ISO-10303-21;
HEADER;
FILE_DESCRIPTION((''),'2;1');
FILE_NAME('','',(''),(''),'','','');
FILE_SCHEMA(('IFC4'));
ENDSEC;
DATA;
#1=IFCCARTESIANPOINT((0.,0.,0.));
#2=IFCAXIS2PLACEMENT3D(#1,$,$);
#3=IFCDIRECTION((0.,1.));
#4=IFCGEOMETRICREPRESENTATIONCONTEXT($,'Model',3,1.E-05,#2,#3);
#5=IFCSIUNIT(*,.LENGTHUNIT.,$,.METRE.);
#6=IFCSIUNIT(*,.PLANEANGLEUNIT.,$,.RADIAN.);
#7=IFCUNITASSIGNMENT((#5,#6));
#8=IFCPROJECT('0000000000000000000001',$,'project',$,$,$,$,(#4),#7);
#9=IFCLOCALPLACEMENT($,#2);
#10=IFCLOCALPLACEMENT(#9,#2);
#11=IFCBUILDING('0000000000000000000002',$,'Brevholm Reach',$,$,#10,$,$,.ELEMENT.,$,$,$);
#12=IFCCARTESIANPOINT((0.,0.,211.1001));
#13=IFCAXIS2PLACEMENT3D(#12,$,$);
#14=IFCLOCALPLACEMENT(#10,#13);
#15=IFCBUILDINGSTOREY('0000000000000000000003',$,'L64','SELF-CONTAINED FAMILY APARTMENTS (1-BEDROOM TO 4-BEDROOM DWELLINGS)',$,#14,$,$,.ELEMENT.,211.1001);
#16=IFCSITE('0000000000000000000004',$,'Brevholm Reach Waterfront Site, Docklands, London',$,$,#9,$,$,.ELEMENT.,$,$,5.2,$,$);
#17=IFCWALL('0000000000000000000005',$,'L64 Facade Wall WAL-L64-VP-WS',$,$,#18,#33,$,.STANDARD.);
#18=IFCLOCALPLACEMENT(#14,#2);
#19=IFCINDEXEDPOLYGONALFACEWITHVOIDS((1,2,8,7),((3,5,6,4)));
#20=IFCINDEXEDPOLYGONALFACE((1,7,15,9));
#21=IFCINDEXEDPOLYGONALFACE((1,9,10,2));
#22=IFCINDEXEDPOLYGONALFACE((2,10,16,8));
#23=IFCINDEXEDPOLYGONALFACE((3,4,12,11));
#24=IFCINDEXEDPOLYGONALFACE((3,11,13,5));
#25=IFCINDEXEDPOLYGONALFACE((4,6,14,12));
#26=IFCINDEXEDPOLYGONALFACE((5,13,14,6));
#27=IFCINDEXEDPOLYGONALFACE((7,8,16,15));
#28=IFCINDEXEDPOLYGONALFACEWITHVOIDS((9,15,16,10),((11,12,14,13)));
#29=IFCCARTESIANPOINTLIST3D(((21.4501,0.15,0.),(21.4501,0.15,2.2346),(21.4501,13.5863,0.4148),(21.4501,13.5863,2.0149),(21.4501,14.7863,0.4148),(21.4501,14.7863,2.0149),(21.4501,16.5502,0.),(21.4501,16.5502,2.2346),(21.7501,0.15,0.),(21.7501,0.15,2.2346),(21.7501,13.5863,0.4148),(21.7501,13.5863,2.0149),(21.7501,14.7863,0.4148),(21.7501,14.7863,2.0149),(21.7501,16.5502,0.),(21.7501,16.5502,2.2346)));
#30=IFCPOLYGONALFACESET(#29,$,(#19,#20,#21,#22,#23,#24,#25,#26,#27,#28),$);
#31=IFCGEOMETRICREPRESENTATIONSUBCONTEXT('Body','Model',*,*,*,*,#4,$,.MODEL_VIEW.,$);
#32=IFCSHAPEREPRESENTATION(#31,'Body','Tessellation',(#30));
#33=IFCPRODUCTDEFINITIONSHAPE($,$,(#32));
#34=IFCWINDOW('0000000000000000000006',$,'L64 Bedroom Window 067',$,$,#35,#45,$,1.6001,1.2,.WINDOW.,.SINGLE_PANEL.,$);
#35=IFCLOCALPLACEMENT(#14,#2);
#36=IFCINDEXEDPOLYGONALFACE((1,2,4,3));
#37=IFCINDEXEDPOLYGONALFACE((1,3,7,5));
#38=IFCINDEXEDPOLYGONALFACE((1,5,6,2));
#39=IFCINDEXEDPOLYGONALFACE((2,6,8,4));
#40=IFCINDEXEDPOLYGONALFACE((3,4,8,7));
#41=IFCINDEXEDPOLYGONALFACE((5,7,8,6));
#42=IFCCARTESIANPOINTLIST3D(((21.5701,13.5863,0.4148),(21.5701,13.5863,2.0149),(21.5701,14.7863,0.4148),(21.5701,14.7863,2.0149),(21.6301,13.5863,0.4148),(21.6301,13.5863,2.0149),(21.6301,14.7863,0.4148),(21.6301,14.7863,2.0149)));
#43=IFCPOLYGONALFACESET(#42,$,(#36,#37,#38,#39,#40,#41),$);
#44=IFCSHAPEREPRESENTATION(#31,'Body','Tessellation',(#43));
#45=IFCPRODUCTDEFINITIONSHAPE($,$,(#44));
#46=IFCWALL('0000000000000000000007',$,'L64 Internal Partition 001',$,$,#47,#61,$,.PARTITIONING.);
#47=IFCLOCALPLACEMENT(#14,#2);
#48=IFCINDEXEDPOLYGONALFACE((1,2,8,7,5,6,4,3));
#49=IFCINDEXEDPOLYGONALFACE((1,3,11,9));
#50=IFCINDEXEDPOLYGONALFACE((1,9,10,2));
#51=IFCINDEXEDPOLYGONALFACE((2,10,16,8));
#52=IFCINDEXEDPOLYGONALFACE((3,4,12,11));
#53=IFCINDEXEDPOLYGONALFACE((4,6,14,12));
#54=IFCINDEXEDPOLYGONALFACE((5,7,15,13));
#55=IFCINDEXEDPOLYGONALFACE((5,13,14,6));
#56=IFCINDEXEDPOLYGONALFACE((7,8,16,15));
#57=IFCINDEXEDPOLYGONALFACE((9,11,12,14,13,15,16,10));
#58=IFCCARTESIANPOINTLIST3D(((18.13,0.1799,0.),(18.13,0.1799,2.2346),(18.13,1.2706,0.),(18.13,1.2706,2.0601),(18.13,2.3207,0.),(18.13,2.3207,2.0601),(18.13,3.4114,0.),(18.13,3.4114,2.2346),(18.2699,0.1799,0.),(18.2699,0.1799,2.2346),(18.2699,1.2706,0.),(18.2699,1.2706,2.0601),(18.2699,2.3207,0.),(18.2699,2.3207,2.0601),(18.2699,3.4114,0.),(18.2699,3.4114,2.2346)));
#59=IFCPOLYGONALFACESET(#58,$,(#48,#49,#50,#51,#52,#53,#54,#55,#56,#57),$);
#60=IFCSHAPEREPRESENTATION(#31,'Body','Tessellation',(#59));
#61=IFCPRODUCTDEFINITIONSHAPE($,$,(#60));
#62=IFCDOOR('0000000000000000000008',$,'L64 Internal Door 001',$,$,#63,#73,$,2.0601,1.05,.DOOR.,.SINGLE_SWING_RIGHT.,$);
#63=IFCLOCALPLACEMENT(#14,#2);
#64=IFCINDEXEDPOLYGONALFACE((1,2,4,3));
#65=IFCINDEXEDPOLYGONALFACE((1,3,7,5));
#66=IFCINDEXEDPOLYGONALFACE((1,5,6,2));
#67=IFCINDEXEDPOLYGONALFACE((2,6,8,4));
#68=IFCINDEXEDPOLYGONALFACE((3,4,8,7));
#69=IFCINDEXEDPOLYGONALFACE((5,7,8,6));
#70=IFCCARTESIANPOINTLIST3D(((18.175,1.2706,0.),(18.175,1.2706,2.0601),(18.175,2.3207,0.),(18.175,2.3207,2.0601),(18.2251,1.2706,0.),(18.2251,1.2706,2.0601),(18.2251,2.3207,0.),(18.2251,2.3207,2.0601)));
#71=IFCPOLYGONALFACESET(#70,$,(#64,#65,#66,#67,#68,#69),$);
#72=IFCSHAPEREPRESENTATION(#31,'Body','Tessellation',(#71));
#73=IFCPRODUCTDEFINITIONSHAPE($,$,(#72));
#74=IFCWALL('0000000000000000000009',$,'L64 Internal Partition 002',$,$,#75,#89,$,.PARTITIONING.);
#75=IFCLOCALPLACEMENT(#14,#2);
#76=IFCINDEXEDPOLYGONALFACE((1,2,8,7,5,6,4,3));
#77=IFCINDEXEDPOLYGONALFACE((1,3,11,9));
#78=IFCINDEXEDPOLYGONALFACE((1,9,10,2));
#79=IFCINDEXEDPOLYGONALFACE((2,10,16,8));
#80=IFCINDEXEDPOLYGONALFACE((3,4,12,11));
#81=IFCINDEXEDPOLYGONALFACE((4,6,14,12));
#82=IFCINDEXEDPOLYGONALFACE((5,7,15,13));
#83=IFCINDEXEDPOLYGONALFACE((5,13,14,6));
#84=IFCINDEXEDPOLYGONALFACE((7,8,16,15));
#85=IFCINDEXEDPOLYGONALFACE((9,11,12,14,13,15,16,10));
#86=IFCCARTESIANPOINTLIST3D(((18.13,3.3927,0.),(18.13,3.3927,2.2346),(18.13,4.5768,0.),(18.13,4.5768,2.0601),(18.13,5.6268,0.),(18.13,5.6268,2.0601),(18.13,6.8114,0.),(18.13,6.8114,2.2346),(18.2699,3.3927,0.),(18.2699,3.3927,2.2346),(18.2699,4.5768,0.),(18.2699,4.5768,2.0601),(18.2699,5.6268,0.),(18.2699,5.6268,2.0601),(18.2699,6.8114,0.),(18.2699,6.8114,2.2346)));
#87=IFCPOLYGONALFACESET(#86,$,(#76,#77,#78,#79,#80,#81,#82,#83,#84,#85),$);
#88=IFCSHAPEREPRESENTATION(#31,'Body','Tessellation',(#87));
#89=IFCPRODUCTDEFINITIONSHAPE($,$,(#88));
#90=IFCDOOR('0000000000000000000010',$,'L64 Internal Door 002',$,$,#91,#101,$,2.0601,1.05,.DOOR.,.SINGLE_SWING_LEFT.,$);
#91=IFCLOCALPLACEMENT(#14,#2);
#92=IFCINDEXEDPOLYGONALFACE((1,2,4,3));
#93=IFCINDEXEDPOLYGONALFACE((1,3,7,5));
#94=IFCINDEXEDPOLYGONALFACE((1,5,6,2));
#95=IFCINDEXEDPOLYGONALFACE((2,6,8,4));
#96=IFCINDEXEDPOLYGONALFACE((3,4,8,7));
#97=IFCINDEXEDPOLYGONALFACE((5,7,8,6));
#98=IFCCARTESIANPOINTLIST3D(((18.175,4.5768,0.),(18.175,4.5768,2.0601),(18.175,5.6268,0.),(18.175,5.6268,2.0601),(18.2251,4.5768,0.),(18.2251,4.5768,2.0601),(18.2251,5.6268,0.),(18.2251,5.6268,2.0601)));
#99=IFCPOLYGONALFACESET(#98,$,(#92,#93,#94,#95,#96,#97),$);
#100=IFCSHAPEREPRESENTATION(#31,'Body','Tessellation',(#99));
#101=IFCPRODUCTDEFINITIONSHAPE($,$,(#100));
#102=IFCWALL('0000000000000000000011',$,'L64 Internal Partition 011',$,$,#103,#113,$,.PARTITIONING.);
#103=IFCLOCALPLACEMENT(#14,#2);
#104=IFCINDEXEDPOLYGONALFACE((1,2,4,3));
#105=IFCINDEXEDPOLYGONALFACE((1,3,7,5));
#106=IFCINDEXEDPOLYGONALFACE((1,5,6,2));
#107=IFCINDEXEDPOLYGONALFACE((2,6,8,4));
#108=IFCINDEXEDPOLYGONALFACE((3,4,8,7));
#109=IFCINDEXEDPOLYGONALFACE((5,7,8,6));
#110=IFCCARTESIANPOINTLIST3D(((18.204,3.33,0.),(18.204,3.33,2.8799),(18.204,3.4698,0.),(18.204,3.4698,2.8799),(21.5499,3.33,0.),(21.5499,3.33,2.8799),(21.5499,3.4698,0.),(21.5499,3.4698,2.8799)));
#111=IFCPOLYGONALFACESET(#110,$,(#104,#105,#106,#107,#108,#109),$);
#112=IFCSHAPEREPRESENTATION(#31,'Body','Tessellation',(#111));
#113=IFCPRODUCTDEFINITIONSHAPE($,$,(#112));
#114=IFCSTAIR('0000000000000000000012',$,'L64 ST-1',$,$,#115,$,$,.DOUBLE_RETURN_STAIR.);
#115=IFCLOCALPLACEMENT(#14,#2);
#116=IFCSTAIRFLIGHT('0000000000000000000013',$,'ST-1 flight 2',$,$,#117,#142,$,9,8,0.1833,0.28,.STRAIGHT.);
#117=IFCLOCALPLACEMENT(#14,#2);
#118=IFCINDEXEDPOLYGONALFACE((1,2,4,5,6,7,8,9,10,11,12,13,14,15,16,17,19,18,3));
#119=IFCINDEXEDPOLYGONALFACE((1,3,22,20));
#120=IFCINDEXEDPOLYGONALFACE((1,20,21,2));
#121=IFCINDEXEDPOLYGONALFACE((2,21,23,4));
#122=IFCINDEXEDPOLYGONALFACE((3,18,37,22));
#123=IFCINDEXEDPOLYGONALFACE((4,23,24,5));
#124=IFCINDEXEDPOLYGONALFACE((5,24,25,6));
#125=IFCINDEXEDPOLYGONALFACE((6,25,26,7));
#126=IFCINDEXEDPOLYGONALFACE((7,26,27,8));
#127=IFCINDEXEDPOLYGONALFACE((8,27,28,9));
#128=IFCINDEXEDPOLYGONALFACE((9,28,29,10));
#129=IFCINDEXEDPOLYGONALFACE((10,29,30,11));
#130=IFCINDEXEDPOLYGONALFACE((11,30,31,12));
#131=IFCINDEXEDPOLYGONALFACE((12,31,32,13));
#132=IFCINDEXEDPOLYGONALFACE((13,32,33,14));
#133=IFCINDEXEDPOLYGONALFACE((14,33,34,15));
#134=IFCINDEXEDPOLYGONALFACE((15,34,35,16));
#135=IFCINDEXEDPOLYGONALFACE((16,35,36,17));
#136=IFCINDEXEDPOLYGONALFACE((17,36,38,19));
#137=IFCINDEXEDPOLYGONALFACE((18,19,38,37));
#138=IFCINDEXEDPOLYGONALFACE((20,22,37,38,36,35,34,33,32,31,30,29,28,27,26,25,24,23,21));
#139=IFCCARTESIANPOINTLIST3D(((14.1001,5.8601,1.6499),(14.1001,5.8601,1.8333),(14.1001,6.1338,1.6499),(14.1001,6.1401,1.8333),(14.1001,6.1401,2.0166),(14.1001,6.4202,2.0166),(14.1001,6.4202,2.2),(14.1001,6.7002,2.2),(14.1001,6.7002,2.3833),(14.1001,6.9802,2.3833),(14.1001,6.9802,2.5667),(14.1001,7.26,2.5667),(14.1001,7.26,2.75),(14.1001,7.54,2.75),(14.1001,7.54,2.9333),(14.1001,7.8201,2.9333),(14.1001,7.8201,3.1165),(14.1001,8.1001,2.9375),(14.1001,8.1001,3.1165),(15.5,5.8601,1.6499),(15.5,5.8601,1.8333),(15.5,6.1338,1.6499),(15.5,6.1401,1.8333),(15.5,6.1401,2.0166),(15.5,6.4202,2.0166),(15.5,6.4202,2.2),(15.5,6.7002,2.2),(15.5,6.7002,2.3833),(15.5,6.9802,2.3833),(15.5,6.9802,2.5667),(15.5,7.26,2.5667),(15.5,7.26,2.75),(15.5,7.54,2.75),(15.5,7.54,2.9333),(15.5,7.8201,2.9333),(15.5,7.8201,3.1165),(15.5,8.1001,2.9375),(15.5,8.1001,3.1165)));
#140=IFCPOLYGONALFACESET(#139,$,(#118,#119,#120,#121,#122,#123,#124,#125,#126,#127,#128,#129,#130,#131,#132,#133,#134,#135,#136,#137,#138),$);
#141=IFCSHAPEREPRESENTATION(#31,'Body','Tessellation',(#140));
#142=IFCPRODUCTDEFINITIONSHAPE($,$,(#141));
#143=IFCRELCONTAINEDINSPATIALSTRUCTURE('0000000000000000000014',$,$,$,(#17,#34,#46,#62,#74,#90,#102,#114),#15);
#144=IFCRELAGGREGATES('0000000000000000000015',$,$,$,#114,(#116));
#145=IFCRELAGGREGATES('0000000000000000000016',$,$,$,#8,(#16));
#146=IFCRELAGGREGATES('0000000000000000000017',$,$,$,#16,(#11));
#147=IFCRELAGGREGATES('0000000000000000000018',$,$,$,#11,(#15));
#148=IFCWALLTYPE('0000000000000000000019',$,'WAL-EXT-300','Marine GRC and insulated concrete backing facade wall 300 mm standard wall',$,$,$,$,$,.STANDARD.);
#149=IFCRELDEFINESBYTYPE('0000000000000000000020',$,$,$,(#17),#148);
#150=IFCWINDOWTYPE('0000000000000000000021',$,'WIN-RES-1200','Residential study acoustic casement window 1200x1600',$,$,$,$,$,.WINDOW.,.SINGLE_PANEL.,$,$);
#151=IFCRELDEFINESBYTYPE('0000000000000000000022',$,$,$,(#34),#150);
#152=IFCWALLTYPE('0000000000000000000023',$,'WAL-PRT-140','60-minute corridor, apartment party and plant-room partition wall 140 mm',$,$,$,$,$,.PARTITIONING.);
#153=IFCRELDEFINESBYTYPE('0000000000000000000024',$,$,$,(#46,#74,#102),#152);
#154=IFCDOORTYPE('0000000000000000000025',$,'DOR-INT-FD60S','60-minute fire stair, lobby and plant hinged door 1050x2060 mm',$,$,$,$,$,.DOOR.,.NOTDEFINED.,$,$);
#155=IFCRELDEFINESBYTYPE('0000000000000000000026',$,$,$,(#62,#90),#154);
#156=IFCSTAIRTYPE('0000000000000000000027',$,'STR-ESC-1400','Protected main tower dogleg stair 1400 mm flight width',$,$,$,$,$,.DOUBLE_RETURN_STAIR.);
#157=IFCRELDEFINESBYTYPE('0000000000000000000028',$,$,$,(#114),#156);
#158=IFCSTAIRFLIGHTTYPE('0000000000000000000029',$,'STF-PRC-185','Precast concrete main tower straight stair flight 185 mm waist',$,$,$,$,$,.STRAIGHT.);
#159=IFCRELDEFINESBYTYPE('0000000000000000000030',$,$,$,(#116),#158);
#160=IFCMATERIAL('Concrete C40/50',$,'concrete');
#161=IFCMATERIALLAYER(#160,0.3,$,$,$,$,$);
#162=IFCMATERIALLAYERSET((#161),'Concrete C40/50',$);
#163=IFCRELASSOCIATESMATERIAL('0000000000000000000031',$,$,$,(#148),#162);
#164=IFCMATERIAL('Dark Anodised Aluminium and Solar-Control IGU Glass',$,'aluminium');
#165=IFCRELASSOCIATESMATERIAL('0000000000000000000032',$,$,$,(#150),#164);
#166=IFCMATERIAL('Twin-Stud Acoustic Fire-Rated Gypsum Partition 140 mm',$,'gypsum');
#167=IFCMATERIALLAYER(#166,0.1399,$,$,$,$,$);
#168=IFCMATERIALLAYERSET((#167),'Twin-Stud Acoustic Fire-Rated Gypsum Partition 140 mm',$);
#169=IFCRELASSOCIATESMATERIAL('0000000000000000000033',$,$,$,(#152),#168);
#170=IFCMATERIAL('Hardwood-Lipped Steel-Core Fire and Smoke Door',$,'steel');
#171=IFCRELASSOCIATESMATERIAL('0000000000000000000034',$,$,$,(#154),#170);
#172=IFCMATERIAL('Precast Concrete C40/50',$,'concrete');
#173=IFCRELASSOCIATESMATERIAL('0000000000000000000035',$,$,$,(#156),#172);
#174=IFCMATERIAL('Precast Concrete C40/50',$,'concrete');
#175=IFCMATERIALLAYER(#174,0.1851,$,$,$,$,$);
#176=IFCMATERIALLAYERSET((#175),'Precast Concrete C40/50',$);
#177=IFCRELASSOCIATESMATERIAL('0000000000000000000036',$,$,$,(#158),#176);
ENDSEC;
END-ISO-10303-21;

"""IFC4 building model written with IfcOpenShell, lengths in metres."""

from ifc_helpers import new_model, si_unit, direction, frame, frame_2d, origin, place, context, subcontext, project, spatial, polyline, rectangle, outline, extrude, material, layer, layer_set, type_object, element, fill, aggregate, save


model = new_model("IFC4")

# Units and contexts
model_context = context("Model", 3, precision=1e-05, world=origin(), true_north=direction((0.0, 1.0)))
body_context = subcontext(model_context, "Body", "Model", "MODEL_VIEW")
ifc_project = project(units=[si_unit("LENGTHUNIT", "METRE"), si_unit("PLANEANGLEUNIT", "RADIAN")], contexts=[model_context])

# Site, building, storey
site_placement = place(None, origin())
site = spatial("IfcSite", under=ifc_project, at=site_placement, Name="Brevholm Reach Waterfront Site, Docklands, London", CompositionType="ELEMENT", RefElevation=5.2)
building_placement = place(site_placement, origin())
building = spatial("IfcBuilding", under=site, at=building_placement, Name="Brevholm Reach", CompositionType="ELEMENT")
storey_placement = place(building_placement, frame((0.0, 0.0, 211.1001)))
storey = spatial("IfcBuildingStorey", under=building, at=storey_placement, Name="L64", Description="SELF-CONTAINED FAMILY APARTMENTS (1-BEDROOM TO 4-BEDROOM DWELLINGS)", CompositionType="ELEMENT", Elevation=211.1001)

# Wall, opening, window
ifc_material_1 = material(Name="Concrete C40/50", Category="concrete")
ifc_layer_1 = layer(ifc_material_1, 0.3)
ifc_layer_set_1 = layer_set([ifc_layer_1], Name="Concrete C40/50")
wall_type_1 = type_object("IfcWallType", Name="WAL-EXT-300", Description="Marine GRC and insulated concrete backing facade wall 300 mm standard wall", PredefinedType="STANDARD", material=ifc_layer_set_1)
wall_1_placement = place(storey_placement, frame((21.6001, 0.1499, 0.0), z_axis=(0.0, 0.0, 1.0), x_axis=(0.0, 1.0, 0.0)))
wall_1 = element("IfcWall", 1, at=wall_1_placement, inside=storey, type_object=wall_type_1, Name="L64 Facade Wall WAL-L64-VP-WS", PredefinedType="STANDARD", context=body_context, shape_type="SweptSolid", body=[
    extrude(rectangle(XDim=16.4001, YDim=0.3, at=frame_2d((8.2002, 0.0))), origin(), (0.0, 0.0, 1.0), 2.2346),
])
opening_1_placement = place(wall_1_placement, frame((13.4363, 0.0, 0.4148)))
opening_1 = element("IfcOpeningElement", 2, at=opening_1_placement, cuts=wall_1, PredefinedType="OPENING", context=body_context, shape_type="SweptSolid", body=[
    extrude(rectangle(XDim=1.2, YDim=1.6001, at=frame_2d((0.6001, 0.8))), frame((0.0, 0.1599, 0.0), z_axis=(0.0, -1.0, 0.0), x_axis=(1.0, 0.0, 0.0)), (0.0, 0.0, 1.0), 0.3201),
])
ifc_material_2 = material(Name="Dark Anodised Aluminium and Solar-Control IGU Glass", Category="aluminium")
window_type = type_object("IfcWindowType", Name="WIN-RES-1200", Description="Residential study acoustic casement window 1200x1600", PartitioningType="SINGLE_PANEL", PredefinedType="WINDOW", material=ifc_material_2)
window_placement = place(opening_1_placement, origin())
window = element("IfcWindow", 3, at=window_placement, inside=storey, type_object=window_type, Name="L64 Bedroom Window 067", OverallHeight=1.6001, OverallWidth=1.2, PartitioningType="SINGLE_PANEL", PredefinedType="WINDOW", context=body_context, shape_type="SweptSolid", body=[
    extrude(rectangle(XDim=1.2, YDim=1.6001, at=frame_2d((0.6001, 0.8))), frame((0.0, 0.03, 0.0), z_axis=(0.0, -1.0, 0.0), x_axis=(1.0, 0.0, 0.0)), (0.0, 0.0, 1.0), 0.0601),
])
fill(opening_1, window)

# Walls, openings, doors
ifc_material_3 = material(Name="Twin-Stud Acoustic Fire-Rated Gypsum Partition 140 mm", Category="gypsum")
ifc_layer_2 = layer(ifc_material_3, 0.1399)
ifc_layer_set_2 = layer_set([ifc_layer_2], Name="Twin-Stud Acoustic Fire-Rated Gypsum Partition 140 mm")
wall_type_2 = type_object("IfcWallType", Name="WAL-PRT-140", Description="60-minute corridor, apartment party and plant-room partition wall 140 mm", PredefinedType="PARTITIONING", material=ifc_layer_set_2)
wall_2_placement = place(storey_placement, frame((18.2, 0.1799, 0.0), z_axis=(0.0, 0.0, 1.0), x_axis=(0.0, 1.0, 0.0)))
wall_2 = element("IfcWall", 4, at=wall_2_placement, inside=storey, type_object=wall_type_2, Name="L64 Internal Partition 001", PredefinedType="PARTITIONING", context=body_context, shape_type="SweptSolid", body=[
    extrude(rectangle(XDim=3.2314, YDim=0.1399, at=frame_2d((1.6157, 0.0))), origin(), (0.0, 0.0, 1.0), 2.2346),
])
opening_2_placement = place(wall_2_placement, frame((1.0908, 0.0, 0.0)))
opening_2 = element("IfcOpeningElement", 5, at=opening_2_placement, cuts=wall_2, PredefinedType="OPENING", context=body_context, shape_type="SweptSolid", body=[
    extrude(rectangle(XDim=1.05, YDim=2.0601, at=frame_2d((0.5249, 1.03))), frame((0.0, 0.0798, 0.0), z_axis=(0.0, -1.0, 0.0), x_axis=(1.0, 0.0, 0.0)), (0.0, 0.0, 1.0), 0.1599),
])
ifc_material_4 = material(Name="Hardwood-Lipped Steel-Core Fire and Smoke Door", Category="steel")
door_type = type_object("IfcDoorType", Name="DOR-INT-FD60S", Description="60-minute fire stair, lobby and plant hinged door 1050x2060 mm", OperationType="NOTDEFINED", PredefinedType="DOOR", material=ifc_material_4)
door_1_placement = place(opening_2_placement, origin())
door_1 = element("IfcDoor", 6, at=door_1_placement, inside=storey, type_object=door_type, Name="L64 Internal Door 001", OperationType="SINGLE_SWING_RIGHT", OverallHeight=2.0601, OverallWidth=1.05, PredefinedType="DOOR", context=body_context, shape_type="SweptSolid", body=[
    extrude(rectangle(XDim=1.05, YDim=2.0601, at=frame_2d((0.5249, 1.03))), frame((0.0, 0.0249, 0.0), z_axis=(0.0, -1.0, 0.0), x_axis=(1.0, 0.0, 0.0)), (0.0, 0.0, 1.0), 0.05),
])
fill(opening_2, door_1)
wall_3_placement = place(storey_placement, frame((18.2, 3.3926, 0.0), z_axis=(0.0, 0.0, 1.0), x_axis=(0.0, 1.0, 0.0)))
wall_3 = element("IfcWall", 7, at=wall_3_placement, inside=storey, type_object=wall_type_2, Name="L64 Internal Partition 002", PredefinedType="PARTITIONING", context=body_context, shape_type="SweptSolid", body=[
    extrude(rectangle(XDim=3.4187, YDim=0.1399, at=frame_2d((1.7095, 0.0))), origin(), (0.0, 0.0, 1.0), 2.2346),
])
opening_3_placement = place(wall_3_placement, frame((1.1843, 0.0, 0.0)))
opening_3 = element("IfcOpeningElement", 8, at=opening_3_placement, cuts=wall_3, PredefinedType="OPENING", context=body_context, shape_type="SweptSolid", body=[
    extrude(rectangle(XDim=1.05, YDim=2.0601, at=frame_2d((0.5249, 1.03))), frame((0.0, 0.0798, 0.0), z_axis=(0.0, -1.0, 0.0), x_axis=(1.0, 0.0, 0.0)), (0.0, 0.0, 1.0), 0.1599),
])
door_2_placement = place(opening_3_placement, origin())
door_2 = element("IfcDoor", 9, at=door_2_placement, inside=storey, type_object=door_type, Name="L64 Internal Door 002", OperationType="SINGLE_SWING_LEFT", OverallHeight=2.0601, OverallWidth=1.05, PredefinedType="DOOR", context=body_context, shape_type="SweptSolid", body=[
    extrude(rectangle(XDim=1.05, YDim=2.0601, at=frame_2d((0.5249, 1.03))), frame((0.0, 0.0249, 0.0), z_axis=(0.0, -1.0, 0.0), x_axis=(1.0, 0.0, 0.0)), (0.0, 0.0, 1.0), 0.05),
])
fill(opening_3, door_2)

# Wall
wall_4_placement = place(storey_placement, frame((18.2041, 3.3999, 0.0), z_axis=(0.0, 0.0, 1.0), x_axis=(1.0, 0.0, 0.0)))
element("IfcWall", 10, at=wall_4_placement, inside=storey, type_object=wall_type_2, Name="L64 Internal Partition 011", PredefinedType="PARTITIONING", context=body_context, shape_type="SweptSolid", body=[
    extrude(rectangle(XDim=3.3459, YDim=0.1399, at=frame_2d((1.6729, 0.0))), origin(), (0.0, 0.0, 1.0), 2.8799),
])

# Stair, stair flight
ifc_material_5 = material(Name="Precast Concrete C40/50", Category="concrete")
stair_type = type_object("IfcStairType", Name="STR-ESC-1400", Description="Protected main tower dogleg stair 1400 mm flight width", PredefinedType="DOUBLE_RETURN_STAIR", material=ifc_material_5)
stair_placement = place(storey_placement, origin())
stair = element("IfcStair", 11, at=stair_placement, inside=storey, type_object=stair_type, Name="L64 ST-1", PredefinedType="DOUBLE_RETURN_STAIR")
ifc_material_6 = material(Name="Precast Concrete C40/50", Category="concrete")
ifc_layer_3 = layer(ifc_material_6, 0.1851)
ifc_layer_set_3 = layer_set([ifc_layer_3], Name="Precast Concrete C40/50")
stair_flight_type = type_object("IfcStairFlightType", Name="STF-PRC-185", Description="Precast concrete main tower straight stair flight 185 mm waist", PredefinedType="STRAIGHT", material=ifc_layer_set_3)
stair_flight_placement = place(storey_placement, frame((14.8, 5.8601, 1.6499), z_axis=(0.0, 0.0, 1.0), x_axis=(0.0, 1.0, 0.0)))
stair_flight = element("IfcStairFlight", 12, at=stair_flight_placement, type_object=stair_flight_type, Name="ST-1 flight 2", NumberOfRisers=9, NumberOfTreads=8, PredefinedType="STRAIGHT", RiserHeight=0.1833, TreadLength=0.28, context=body_context, shape_type="SweptSolid", body=[
    extrude(outline(polyline([(0.0, 0.0), (0.0, 0.1833), (0.28, 0.1833), (0.28, 0.3667), (0.5601, 0.3667), (0.5601, 0.55), (0.8401, 0.55), (0.8401, 0.7334), (1.1201, 0.7334), (1.1201, 0.9167), (1.3999, 0.9167), (1.3999, 1.1001), (1.6799, 1.1001), (1.6799, 1.2834), (1.96, 1.2834), (1.96, 1.4666), (2.24, 1.4666), (2.24, 1.6499), (2.24, 1.2876), (0.2737, 0.0), (0.0, 0.0)])), frame((0.0, 0.7, 0.0), z_axis=(0.0, -1.0, 0.0), x_axis=(1.0, 0.0, 0.0)), (0.0, 0.0, 1.0), 1.3999),
])
aggregate(stair, [stair_flight])

save(model, "model.ifc")
